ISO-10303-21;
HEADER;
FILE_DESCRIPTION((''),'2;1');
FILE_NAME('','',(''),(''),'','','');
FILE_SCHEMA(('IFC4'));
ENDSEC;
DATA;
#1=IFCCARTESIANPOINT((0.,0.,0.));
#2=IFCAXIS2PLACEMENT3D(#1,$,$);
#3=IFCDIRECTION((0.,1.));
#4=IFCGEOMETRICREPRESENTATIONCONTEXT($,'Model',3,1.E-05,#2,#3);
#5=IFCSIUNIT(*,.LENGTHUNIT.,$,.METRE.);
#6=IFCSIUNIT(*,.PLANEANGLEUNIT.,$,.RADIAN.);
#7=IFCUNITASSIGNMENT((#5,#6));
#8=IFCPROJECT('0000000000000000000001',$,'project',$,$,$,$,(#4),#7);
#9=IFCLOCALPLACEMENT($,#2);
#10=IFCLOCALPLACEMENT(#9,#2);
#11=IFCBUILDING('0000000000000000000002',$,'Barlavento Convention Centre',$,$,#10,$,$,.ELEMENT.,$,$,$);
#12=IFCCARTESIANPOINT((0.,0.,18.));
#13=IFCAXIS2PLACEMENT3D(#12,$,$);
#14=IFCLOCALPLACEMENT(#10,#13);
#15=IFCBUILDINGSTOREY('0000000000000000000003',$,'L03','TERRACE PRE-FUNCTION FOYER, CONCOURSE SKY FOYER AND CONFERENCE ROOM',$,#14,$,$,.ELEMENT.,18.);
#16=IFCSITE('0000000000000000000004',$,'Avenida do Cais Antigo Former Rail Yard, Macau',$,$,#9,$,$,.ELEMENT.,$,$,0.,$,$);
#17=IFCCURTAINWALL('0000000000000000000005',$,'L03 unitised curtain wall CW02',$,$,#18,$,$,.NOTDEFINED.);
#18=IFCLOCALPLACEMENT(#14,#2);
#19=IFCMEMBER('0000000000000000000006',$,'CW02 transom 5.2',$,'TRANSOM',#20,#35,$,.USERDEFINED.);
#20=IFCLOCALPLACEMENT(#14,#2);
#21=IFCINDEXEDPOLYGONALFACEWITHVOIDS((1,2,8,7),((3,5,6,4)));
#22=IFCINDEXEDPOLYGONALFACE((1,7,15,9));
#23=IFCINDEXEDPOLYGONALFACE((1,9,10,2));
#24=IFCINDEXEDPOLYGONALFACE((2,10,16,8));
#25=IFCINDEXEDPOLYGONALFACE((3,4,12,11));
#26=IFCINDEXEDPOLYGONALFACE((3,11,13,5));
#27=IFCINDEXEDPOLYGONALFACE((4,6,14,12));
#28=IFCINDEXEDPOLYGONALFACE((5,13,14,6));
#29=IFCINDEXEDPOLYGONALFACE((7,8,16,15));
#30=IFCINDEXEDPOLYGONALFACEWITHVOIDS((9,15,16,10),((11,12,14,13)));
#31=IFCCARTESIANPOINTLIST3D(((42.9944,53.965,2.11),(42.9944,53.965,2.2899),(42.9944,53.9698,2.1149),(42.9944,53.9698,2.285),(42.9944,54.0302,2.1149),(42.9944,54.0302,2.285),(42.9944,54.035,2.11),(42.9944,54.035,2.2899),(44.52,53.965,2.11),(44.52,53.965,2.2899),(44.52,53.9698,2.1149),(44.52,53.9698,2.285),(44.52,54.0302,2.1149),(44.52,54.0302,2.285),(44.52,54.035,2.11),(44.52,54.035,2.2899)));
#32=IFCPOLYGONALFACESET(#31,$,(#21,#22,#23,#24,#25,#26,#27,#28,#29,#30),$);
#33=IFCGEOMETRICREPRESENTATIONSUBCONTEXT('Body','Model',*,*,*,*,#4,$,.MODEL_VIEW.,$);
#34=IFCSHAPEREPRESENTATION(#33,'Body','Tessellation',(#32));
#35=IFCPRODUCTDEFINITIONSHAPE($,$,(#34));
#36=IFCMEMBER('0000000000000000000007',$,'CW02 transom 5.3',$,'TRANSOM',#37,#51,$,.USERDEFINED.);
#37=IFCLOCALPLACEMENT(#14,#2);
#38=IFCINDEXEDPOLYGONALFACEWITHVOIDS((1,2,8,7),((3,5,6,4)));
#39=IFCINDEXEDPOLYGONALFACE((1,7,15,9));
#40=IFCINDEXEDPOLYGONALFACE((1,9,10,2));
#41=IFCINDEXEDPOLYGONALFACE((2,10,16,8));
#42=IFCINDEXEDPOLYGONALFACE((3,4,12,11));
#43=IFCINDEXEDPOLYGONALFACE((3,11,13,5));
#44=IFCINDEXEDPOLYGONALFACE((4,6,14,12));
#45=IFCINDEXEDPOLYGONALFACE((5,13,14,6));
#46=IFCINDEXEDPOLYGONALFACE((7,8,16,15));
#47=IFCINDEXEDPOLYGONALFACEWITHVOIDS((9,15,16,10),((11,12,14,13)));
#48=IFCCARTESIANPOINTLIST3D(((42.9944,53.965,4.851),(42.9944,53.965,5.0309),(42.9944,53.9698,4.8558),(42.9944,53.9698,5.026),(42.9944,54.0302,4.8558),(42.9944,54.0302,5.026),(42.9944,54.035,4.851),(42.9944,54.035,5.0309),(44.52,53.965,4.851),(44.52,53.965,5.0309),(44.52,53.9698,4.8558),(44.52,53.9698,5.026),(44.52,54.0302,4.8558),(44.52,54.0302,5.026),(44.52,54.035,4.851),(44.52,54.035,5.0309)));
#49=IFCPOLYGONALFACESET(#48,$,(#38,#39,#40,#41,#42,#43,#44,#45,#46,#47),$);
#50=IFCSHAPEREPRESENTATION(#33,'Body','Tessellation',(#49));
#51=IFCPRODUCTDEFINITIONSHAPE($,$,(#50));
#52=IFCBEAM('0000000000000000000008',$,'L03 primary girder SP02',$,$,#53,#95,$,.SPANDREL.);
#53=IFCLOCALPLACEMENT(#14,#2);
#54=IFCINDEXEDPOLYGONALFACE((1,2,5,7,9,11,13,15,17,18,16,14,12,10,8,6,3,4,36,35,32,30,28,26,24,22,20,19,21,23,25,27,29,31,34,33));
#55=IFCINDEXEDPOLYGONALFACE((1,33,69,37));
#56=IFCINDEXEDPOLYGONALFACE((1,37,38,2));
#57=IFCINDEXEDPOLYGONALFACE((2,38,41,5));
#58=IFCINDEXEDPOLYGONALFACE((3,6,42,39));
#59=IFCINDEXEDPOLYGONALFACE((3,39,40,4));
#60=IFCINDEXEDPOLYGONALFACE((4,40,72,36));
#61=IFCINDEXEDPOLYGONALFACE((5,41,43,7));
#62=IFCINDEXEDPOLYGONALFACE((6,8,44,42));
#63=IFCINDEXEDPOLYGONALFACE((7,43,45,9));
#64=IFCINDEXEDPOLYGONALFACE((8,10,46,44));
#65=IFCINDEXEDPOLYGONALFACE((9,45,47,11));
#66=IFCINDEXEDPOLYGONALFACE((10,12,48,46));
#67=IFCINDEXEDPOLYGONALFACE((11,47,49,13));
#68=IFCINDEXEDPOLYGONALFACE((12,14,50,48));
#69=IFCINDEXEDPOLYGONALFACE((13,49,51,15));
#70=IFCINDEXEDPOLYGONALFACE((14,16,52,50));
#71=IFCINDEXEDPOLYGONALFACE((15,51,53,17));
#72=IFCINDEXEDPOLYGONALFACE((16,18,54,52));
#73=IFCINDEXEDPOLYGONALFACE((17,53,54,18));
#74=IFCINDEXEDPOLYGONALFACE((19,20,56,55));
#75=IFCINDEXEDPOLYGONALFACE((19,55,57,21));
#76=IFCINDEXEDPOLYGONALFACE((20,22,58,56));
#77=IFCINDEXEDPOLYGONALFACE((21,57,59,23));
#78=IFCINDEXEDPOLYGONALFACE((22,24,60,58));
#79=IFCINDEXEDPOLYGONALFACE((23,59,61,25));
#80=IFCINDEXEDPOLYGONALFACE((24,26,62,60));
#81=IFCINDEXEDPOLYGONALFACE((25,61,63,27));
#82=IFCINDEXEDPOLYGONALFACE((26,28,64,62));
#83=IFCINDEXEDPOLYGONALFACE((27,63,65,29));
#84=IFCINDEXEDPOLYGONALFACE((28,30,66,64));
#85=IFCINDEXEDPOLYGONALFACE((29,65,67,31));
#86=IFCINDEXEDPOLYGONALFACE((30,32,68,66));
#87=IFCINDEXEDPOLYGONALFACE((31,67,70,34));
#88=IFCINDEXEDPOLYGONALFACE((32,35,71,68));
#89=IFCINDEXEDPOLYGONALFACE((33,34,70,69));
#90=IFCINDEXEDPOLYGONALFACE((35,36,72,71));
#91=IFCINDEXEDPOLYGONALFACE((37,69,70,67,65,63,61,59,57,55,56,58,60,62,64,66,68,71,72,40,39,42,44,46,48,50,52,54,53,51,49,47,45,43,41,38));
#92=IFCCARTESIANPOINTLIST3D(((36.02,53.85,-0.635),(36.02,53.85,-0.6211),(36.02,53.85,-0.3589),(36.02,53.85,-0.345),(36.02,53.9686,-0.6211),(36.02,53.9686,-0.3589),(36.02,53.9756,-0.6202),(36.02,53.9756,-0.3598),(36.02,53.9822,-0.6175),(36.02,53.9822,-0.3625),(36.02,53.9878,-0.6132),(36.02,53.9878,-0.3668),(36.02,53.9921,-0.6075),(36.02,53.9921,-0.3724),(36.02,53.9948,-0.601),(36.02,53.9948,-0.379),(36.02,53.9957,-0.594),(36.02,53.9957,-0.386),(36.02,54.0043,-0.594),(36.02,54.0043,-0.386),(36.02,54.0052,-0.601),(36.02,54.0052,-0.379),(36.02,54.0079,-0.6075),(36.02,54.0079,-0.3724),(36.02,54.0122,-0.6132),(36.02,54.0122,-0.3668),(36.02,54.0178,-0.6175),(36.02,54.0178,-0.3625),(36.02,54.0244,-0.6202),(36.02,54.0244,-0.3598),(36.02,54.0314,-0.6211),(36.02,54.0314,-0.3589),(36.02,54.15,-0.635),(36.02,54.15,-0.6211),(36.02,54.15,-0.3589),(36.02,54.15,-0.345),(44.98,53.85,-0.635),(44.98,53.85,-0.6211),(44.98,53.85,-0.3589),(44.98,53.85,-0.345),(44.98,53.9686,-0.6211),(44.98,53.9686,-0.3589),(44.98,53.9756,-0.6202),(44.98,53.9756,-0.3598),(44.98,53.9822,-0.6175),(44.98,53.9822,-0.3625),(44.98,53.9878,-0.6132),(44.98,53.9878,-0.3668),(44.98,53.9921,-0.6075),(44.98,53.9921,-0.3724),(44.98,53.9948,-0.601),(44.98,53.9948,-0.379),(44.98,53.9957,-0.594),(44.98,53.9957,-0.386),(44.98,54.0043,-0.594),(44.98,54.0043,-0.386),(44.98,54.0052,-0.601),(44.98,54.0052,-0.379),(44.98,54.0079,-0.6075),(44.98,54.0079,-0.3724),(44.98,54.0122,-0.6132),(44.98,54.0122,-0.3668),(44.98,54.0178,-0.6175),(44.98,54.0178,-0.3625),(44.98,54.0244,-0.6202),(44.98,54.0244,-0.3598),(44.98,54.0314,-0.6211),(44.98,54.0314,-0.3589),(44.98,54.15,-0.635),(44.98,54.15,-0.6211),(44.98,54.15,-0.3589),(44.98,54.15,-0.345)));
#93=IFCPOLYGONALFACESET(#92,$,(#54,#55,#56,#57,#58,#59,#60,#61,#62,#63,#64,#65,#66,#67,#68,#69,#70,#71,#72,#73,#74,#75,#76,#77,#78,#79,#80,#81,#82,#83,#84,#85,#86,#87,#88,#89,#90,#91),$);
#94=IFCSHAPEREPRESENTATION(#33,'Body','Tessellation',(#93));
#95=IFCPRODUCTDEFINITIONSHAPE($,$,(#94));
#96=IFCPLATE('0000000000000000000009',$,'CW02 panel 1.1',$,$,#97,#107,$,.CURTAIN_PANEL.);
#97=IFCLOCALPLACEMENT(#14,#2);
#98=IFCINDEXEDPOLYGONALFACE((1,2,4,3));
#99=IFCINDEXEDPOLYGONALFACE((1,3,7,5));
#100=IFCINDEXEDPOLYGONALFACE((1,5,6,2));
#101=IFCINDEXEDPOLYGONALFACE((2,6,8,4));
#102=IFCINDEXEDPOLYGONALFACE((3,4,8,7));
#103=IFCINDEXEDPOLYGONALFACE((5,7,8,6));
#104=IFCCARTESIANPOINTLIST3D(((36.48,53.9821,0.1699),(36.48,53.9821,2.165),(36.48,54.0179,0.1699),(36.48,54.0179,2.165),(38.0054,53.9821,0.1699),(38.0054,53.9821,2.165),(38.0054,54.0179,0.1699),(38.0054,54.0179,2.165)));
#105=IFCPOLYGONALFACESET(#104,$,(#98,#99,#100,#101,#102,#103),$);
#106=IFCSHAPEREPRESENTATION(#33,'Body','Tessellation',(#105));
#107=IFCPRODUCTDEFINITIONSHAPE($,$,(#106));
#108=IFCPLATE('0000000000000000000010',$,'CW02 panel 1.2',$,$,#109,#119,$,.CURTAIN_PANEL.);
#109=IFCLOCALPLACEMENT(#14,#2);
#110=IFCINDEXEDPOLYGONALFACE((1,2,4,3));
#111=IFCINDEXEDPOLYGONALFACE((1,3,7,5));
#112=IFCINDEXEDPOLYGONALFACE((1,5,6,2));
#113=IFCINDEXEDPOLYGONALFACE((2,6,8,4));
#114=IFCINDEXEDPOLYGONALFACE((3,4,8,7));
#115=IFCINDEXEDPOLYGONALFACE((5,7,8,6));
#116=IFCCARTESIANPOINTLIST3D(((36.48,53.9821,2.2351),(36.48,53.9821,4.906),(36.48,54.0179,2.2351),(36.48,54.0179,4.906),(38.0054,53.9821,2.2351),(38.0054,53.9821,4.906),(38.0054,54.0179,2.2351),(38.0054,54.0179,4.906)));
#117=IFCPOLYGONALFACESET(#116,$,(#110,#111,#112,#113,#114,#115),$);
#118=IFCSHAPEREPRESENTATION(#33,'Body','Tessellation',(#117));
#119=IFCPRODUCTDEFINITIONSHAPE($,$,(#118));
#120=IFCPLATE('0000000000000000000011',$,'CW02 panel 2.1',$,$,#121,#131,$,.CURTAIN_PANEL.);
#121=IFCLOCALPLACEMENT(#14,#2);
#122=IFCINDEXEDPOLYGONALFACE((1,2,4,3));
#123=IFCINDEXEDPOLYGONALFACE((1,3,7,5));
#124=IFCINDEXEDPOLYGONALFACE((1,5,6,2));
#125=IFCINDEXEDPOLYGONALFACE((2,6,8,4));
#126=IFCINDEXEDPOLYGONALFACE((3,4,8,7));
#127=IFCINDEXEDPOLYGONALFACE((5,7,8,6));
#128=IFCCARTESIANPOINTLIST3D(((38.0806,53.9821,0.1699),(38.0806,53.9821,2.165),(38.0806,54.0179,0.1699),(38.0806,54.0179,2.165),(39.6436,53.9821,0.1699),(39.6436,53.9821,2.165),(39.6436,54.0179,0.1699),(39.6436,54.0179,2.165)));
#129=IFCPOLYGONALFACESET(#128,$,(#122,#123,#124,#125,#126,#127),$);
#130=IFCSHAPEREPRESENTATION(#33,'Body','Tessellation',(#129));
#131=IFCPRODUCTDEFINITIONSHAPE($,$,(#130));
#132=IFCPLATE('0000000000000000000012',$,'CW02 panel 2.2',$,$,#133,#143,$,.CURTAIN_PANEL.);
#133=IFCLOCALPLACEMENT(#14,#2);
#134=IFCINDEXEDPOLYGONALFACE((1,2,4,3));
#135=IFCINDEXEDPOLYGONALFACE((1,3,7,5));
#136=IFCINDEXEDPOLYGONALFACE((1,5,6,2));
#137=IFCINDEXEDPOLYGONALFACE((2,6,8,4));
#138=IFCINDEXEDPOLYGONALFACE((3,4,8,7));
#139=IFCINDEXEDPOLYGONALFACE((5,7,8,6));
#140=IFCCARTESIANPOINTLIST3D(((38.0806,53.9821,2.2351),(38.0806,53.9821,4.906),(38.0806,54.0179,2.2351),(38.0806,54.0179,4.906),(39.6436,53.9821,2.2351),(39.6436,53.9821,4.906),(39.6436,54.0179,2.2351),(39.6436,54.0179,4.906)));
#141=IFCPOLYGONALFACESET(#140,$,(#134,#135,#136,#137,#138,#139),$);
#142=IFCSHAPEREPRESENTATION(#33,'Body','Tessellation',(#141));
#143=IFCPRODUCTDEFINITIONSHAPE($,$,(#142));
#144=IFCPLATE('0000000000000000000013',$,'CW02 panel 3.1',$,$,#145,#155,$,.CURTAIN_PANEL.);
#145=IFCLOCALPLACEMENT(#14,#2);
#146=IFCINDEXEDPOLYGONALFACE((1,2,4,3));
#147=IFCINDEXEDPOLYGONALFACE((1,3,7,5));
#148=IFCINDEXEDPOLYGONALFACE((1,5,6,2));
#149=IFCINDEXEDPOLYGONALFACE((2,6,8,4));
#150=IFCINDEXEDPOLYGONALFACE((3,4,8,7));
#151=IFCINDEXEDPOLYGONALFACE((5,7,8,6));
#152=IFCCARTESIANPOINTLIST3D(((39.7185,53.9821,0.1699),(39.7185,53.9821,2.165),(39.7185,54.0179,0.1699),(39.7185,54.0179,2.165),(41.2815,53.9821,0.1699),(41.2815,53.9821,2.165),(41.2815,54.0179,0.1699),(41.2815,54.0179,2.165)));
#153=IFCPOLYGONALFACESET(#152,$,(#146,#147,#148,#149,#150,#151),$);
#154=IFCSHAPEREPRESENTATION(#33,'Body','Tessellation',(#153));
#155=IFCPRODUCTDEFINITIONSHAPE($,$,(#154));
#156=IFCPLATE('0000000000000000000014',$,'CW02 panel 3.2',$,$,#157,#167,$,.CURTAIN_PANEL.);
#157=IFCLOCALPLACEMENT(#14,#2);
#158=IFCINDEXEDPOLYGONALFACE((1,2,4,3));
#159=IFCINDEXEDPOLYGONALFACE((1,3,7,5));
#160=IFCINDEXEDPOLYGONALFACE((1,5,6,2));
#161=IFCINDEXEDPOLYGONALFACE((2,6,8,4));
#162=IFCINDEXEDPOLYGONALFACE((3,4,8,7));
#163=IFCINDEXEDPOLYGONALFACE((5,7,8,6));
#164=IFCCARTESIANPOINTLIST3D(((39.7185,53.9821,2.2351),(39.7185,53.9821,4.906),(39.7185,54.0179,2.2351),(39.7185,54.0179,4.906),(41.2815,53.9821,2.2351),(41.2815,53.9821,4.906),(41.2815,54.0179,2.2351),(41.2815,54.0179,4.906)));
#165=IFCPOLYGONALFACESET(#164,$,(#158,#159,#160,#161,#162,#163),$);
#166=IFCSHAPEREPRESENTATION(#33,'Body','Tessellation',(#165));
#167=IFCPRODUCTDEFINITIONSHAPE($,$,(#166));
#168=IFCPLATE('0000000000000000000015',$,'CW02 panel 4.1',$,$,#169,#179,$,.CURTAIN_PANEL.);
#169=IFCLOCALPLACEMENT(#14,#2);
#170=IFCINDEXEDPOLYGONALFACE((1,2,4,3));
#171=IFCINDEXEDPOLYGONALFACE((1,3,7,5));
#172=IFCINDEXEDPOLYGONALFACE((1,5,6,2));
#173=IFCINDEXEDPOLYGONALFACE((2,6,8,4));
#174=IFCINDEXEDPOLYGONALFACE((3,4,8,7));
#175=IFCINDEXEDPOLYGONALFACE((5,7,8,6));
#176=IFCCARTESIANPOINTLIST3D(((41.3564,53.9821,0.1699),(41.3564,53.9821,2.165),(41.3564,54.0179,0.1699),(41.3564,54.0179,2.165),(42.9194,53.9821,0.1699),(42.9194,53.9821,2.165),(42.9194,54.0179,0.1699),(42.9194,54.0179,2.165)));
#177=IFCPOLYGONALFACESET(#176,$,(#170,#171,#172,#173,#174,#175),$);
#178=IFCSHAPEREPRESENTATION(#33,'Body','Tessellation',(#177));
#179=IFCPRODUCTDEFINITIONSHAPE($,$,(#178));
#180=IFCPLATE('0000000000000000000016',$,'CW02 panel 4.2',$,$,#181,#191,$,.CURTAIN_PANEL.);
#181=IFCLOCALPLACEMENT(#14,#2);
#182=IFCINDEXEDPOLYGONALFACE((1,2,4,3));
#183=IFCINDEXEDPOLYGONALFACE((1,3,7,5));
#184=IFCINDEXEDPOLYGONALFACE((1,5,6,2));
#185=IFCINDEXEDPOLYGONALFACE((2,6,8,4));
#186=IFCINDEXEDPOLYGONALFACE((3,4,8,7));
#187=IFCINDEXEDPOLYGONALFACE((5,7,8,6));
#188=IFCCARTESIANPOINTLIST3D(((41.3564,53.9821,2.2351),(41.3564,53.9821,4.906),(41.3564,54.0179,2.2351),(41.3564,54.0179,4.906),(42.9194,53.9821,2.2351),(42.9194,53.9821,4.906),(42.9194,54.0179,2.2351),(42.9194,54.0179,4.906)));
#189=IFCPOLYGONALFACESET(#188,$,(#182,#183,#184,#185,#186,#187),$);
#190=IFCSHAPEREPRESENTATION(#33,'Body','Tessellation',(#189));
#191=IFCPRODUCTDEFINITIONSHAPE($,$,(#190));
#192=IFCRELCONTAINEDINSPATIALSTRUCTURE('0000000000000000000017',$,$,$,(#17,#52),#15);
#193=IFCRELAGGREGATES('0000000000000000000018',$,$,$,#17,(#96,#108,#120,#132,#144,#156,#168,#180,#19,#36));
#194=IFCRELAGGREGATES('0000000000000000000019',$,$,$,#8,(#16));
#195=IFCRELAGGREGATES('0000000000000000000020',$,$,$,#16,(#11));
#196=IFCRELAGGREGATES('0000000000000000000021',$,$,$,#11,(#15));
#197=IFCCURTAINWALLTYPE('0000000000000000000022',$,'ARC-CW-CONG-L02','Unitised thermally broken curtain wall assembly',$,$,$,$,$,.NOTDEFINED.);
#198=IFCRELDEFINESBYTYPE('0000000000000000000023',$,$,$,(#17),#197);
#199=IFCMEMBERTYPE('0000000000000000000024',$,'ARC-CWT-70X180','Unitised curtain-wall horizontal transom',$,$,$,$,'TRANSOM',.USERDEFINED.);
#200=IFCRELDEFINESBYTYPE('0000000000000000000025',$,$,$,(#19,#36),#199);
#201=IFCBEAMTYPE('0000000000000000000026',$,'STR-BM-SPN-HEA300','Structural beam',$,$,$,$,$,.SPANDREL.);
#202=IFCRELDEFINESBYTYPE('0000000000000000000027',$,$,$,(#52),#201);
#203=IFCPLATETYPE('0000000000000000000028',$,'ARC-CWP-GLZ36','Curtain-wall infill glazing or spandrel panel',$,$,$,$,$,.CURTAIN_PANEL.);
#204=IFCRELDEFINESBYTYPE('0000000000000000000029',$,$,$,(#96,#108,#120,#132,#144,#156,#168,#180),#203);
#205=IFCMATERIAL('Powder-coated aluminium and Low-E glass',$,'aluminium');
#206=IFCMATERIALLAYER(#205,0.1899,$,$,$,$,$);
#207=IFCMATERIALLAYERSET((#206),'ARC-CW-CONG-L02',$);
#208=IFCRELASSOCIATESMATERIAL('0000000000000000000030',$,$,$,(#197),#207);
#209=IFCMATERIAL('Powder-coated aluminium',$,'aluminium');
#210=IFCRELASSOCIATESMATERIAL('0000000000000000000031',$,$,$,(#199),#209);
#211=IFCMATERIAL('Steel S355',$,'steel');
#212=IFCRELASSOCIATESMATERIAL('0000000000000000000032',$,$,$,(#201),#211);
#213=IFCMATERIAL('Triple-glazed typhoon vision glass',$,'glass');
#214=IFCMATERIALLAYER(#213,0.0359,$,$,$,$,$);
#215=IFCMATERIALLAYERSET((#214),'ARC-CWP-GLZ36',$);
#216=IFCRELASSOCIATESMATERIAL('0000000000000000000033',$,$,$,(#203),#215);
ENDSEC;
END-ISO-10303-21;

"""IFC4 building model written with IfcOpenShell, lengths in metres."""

from ifc_helpers import new_model, si_unit, direction, frame, origin, origin_2d, place, context, subcontext, project, spatial, rectangle, hollow_rectangle, i_section, extrude, material, layer, layer_set, material_profile, profile_set, type_object, element, aggregate, save


model = new_model("IFC4")

# Units and contexts
model_context = context("Model", 3, precision=1e-05, world=origin(), true_north=direction((0.0, 1.0)))
body_context = subcontext(model_context, "Body", "Model", "MODEL_VIEW")
ifc_project = project(units=[si_unit("LENGTHUNIT", "METRE"), si_unit("PLANEANGLEUNIT", "RADIAN")], contexts=[model_context])

# Site, building, storey
site_placement = place(None, origin())
site = spatial("IfcSite", under=ifc_project, at=site_placement, Name="Avenida do Cais Antigo Former Rail Yard, Macau", CompositionType="ELEMENT", RefElevation=0.0)
building_placement = place(site_placement, origin())
building = spatial("IfcBuilding", under=site, at=building_placement, Name="Barlavento Convention Centre", CompositionType="ELEMENT")
storey_placement = place(building_placement, frame((0.0, 0.0, 18.0)))
storey = spatial("IfcBuildingStorey", under=building, at=storey_placement, Name="L03", Description="TERRACE PRE-FUNCTION FOYER, CONCOURSE SKY FOYER AND CONFERENCE ROOM", CompositionType="ELEMENT", Elevation=18.0)

# Shared definitions
ifc_material_1 = material(Name="Steel S355", Category="steel")

# Shared definitions
ifc_material_2 = material(Name="Powder-coated aluminium and Low-E glass", Category="aluminium")
ifc_layer_1 = layer(ifc_material_2, 0.1899)
ifc_layer_set_1 = layer_set([ifc_layer_1], Name="ARC-CW-CONG-L02")
curtain_wall_type = type_object("IfcCurtainWallType", Name="ARC-CW-CONG-L02", Description="Unitised thermally broken curtain wall assembly", PredefinedType="NOTDEFINED", material=ifc_layer_set_1)
ifc_material_3 = material(Name="Powder-coated aluminium", Category="aluminium")

# Curtain wall, members
curtain_wall_1_placement = place(storey_placement, origin())
curtain_wall_1 = element("IfcCurtainWall", 1, at=curtain_wall_1_placement, inside=storey, type_object=curtain_wall_type, Name="L03 unitised curtain wall CW02", PredefinedType="NOTDEFINED")
ifc_material_profile_1 = material_profile(ifc_material_3, hollow_rectangle(XDim=0.0701, YDim=0.1799, WallThickness=0.0049, at=origin_2d()), Name="AL-TRAN 70x180x5")
ifc_profile_set_1 = profile_set([ifc_material_profile_1], Name="Powder-coated aluminium")
member_type_1 = type_object("IfcMemberType", Name="ARC-CWT-70X180", Description="Unitised curtain-wall horizontal transom", ElementType="TRANSOM", PredefinedType="USERDEFINED", material=ifc_profile_set_1)
member_1_placement = place(storey_placement, frame((42.9944, 54.0, 2.2), z_axis=(1.0, 0.0, 0.0), x_axis=(0.0, 1.0, 0.0)))
member_1 = element("IfcMember", 2, at=member_1_placement, type_object=member_type_1, Name="CW02 transom 5.2", ObjectType="TRANSOM", PredefinedType="USERDEFINED", context=body_context, shape_type="SweptSolid", body=[
    extrude(hollow_rectangle(XDim=0.0701, YDim=0.1799, WallThickness=0.0049, at=origin_2d()), origin(), (0.0, 0.0, 1.0), 1.5256),
])
member_2_placement = place(storey_placement, frame((42.9944, 54.0, 4.9409), z_axis=(1.0, 0.0, 0.0), x_axis=(0.0, 1.0, 0.0)))
member_2 = element("IfcMember", 3, at=member_2_placement, type_object=member_type_1, Name="CW02 transom 5.3", ObjectType="TRANSOM", PredefinedType="USERDEFINED", context=body_context, shape_type="SweptSolid", body=[
    extrude(hollow_rectangle(XDim=0.0701, YDim=0.1799, WallThickness=0.0049, at=origin_2d()), origin(), (0.0, 0.0, 1.0), 1.5256),
])

# Beam
ifc_material_profile_2 = material_profile(ifc_material_1, i_section(OverallWidth=0.3, OverallDepth=0.29, WebThickness=0.0085, FlangeThickness=0.0139, FilletRadius=0.0271, at=origin_2d()), Name="HEA 300")
ifc_profile_set_2 = profile_set([ifc_material_profile_2], Name="Steel S355")
beam_type = type_object("IfcBeamType", Name="STR-BM-SPN-HEA300", Description="Structural beam", PredefinedType="SPANDREL", material=ifc_profile_set_2)
beam_placement = place(storey_placement, frame((36.02, 54.0, -0.49), z_axis=(1.0, 0.0, 0.0), x_axis=(0.0, 1.0, 0.0)))
element("IfcBeam", 4, at=beam_placement, inside=storey, type_object=beam_type, Name="L03 primary girder SP02", PredefinedType="SPANDREL", context=body_context, shape_type="SweptSolid", body=[
    extrude(i_section(OverallWidth=0.3, OverallDepth=0.29, WebThickness=0.0085, FlangeThickness=0.0139, FilletRadius=0.0271, at=origin_2d()), origin(), (0.0, 0.0, 1.0), 8.96),
])

# Plates
ifc_material_4 = material(Name="Triple-glazed typhoon vision glass", Category="glass")
ifc_layer_2 = layer(ifc_material_4, 0.0359)
ifc_layer_set_2 = layer_set([ifc_layer_2], Name="ARC-CWP-GLZ36")
plate_type = type_object("IfcPlateType", Name="ARC-CWP-GLZ36", Description="Curtain-wall infill glazing or spandrel panel", PredefinedType="CURTAIN_PANEL", material=ifc_layer_set_2)
plate_1_placement = place(storey_placement, frame((37.2427, 54.0, 0.1699), z_axis=(0.0, 0.0, 1.0), x_axis=(1.0, 0.0, 0.0)))
plate_1 = element("IfcPlate", 5, at=plate_1_placement, type_object=plate_type, Name="CW02 panel 1.1", PredefinedType="CURTAIN_PANEL", context=body_context, shape_type="SweptSolid", body=[
    extrude(rectangle(XDim=1.5254, YDim=0.0359, at=origin_2d()), origin(), (0.0, 0.0, 1.0), 1.9951),
])
plate_2_placement = place(storey_placement, frame((37.2427, 54.0, 2.2351), z_axis=(0.0, 0.0, 1.0), x_axis=(1.0, 0.0, 0.0)))
plate_2 = element("IfcPlate", 6, at=plate_2_placement, type_object=plate_type, Name="CW02 panel 1.2", PredefinedType="CURTAIN_PANEL", context=body_context, shape_type="SweptSolid", body=[
    extrude(rectangle(XDim=1.5254, YDim=0.0359, at=origin_2d()), origin(), (0.0, 0.0, 1.0), 2.6709),
])
plate_3_placement = place(storey_placement, frame((38.8621, 54.0, 0.1699), z_axis=(0.0, 0.0, 1.0), x_axis=(1.0, 0.0, 0.0)))
plate_3 = element("IfcPlate", 7, at=plate_3_placement, type_object=plate_type, Name="CW02 panel 2.1", PredefinedType="CURTAIN_PANEL", context=body_context, shape_type="SweptSolid", body=[
    extrude(rectangle(XDim=1.563, YDim=0.0359, at=origin_2d()), origin(), (0.0, 0.0, 1.0), 1.9951),
])
plate_4_placement = place(storey_placement, frame((38.8621, 54.0, 2.2351), z_axis=(0.0, 0.0, 1.0), x_axis=(1.0, 0.0, 0.0)))
plate_4 = element("IfcPlate", 8, at=plate_4_placement, type_object=plate_type, Name="CW02 panel 2.2", PredefinedType="CURTAIN_PANEL", context=body_context, shape_type="SweptSolid", body=[
    extrude(rectangle(XDim=1.563, YDim=0.0359, at=origin_2d()), origin(), (0.0, 0.0, 1.0), 2.6709),
])
plate_5_placement = place(storey_placement, frame((40.5, 54.0, 0.1699), z_axis=(0.0, 0.0, 1.0), x_axis=(1.0, 0.0, 0.0)))
plate_5 = element("IfcPlate", 9, at=plate_5_placement, type_object=plate_type, Name="CW02 panel 3.1", PredefinedType="CURTAIN_PANEL", context=body_context, shape_type="SweptSolid", body=[
    extrude(rectangle(XDim=1.563, YDim=0.0359, at=origin_2d()), origin(), (0.0, 0.0, 1.0), 1.9951),
])
plate_6_placement = place(storey_placement, frame((40.5, 54.0, 2.2351), z_axis=(0.0, 0.0, 1.0), x_axis=(1.0, 0.0, 0.0)))
plate_6 = element("IfcPlate", 10, at=plate_6_placement, type_object=plate_type, Name="CW02 panel 3.2", PredefinedType="CURTAIN_PANEL", context=body_context, shape_type="SweptSolid", body=[
    extrude(rectangle(XDim=1.563, YDim=0.0359, at=origin_2d()), origin(), (0.0, 0.0, 1.0), 2.6709),
])
plate_7_placement = place(storey_placement, frame((42.1379, 54.0, 0.1699), z_axis=(0.0, 0.0, 1.0), x_axis=(1.0, 0.0, 0.0)))
plate_7 = element("IfcPlate", 11, at=plate_7_placement, type_object=plate_type, Name="CW02 panel 4.1", PredefinedType="CURTAIN_PANEL", context=body_context, shape_type="SweptSolid", body=[
    extrude(rectangle(XDim=1.563, YDim=0.0359, at=origin_2d()), origin(), (0.0, 0.0, 1.0), 1.9951),
])
plate_8_placement = place(storey_placement, frame((42.1379, 54.0, 2.2351), z_axis=(0.0, 0.0, 1.0), x_axis=(1.0, 0.0, 0.0)))
plate_8 = element("IfcPlate", 12, at=plate_8_placement, type_object=plate_type, Name="CW02 panel 4.2", PredefinedType="CURTAIN_PANEL", context=body_context, shape_type="SweptSolid", body=[
    extrude(rectangle(XDim=1.563, YDim=0.0359, at=origin_2d()), origin(), (0.0, 0.0, 1.0), 2.6709),
])
aggregate(curtain_wall_1, [plate_1, plate_2, plate_3, plate_4, plate_5, plate_6, plate_7, plate_8, member_1, member_2])

save(model, "model.ifc")
